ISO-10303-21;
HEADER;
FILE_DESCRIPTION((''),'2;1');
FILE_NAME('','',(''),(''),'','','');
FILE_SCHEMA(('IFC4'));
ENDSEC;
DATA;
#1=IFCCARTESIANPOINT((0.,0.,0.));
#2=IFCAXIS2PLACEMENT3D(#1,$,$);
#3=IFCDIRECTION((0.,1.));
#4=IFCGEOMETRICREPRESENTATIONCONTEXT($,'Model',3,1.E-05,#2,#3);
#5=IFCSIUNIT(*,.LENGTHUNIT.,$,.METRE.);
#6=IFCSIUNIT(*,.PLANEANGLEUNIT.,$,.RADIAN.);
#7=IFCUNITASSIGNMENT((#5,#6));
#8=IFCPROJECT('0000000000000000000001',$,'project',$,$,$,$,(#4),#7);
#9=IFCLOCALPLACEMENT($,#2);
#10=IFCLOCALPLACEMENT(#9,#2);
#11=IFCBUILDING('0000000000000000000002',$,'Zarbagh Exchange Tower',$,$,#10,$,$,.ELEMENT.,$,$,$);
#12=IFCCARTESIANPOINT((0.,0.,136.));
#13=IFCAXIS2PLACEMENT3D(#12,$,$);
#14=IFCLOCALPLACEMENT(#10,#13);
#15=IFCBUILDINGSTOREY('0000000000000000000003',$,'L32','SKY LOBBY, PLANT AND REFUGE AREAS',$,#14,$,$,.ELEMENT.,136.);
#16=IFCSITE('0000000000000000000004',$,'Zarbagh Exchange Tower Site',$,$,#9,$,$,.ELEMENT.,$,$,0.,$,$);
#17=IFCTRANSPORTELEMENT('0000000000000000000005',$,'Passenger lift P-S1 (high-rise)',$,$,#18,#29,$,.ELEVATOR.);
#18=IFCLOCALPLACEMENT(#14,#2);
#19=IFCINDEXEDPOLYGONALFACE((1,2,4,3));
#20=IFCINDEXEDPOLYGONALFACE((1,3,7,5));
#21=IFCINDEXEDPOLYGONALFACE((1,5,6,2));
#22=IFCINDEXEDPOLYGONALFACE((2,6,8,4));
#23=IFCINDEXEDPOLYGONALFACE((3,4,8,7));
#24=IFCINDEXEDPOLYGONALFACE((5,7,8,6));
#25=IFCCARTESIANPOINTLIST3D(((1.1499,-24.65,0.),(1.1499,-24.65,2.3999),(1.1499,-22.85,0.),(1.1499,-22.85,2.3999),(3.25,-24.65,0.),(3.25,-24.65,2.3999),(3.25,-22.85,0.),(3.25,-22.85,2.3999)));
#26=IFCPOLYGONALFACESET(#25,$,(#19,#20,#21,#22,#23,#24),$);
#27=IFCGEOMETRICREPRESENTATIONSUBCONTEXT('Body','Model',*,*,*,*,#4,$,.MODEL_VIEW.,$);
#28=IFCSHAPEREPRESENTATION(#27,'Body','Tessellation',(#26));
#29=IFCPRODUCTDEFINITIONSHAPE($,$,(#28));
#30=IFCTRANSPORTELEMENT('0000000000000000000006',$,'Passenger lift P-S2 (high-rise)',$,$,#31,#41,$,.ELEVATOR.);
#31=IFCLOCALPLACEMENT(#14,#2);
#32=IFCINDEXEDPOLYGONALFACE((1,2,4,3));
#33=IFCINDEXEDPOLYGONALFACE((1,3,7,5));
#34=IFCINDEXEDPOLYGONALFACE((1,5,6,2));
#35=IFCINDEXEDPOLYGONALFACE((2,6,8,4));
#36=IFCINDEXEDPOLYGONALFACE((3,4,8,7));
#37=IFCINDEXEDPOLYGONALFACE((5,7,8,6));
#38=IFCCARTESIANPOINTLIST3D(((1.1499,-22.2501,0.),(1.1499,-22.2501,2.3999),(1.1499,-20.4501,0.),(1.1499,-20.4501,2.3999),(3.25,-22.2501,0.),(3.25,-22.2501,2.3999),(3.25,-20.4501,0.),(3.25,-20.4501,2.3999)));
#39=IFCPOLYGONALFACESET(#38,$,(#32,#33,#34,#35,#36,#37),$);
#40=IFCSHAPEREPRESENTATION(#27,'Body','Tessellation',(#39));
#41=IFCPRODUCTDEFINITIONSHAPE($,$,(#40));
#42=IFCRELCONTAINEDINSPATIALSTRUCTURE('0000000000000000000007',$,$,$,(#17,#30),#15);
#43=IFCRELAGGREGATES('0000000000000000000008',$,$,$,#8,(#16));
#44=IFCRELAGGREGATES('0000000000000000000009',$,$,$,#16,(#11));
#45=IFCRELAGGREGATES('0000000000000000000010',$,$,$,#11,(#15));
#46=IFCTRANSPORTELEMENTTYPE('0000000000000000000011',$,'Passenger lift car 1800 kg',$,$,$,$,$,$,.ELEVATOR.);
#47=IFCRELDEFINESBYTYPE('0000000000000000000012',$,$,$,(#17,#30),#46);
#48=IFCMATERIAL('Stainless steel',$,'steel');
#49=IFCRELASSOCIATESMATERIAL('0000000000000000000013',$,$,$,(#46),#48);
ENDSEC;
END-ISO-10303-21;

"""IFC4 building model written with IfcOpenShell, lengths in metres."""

from ifc_helpers import new_model, si_unit, direction, frame, origin, origin_2d, place, context, subcontext, project, spatial, rectangle, extrude, material, type_object, element, save


model = new_model("IFC4")

# Units and contexts
model_context = context("Model", 3, precision=1e-05, world=origin(), true_north=direction((0.0, 1.0)))
body_context = subcontext(model_context, "Body", "Model", "MODEL_VIEW")
ifc_project = project(units=[si_unit("LENGTHUNIT", "METRE"), si_unit("PLANEANGLEUNIT", "RADIAN")], contexts=[model_context])

# Site, building, storey
site_placement = place(None, origin())
site = spatial("IfcSite", under=ifc_project, at=site_placement, Name="Zarbagh Exchange Tower Site", CompositionType="ELEMENT", RefElevation=0.0)
building_placement = place(site_placement, origin())
building = spatial("IfcBuilding", under=site, at=building_placement, Name="Zarbagh Exchange Tower", CompositionType="ELEMENT")
storey_placement = place(building_placement, frame((0.0, 0.0, 136.0)))
storey = spatial("IfcBuildingStorey", under=building, at=storey_placement, Name="L32", Description="SKY LOBBY, PLANT AND REFUGE AREAS", CompositionType="ELEMENT", Elevation=136.0)

# Shared definitions
ifc_material_1 = material(Name="Stainless steel", Category="steel")

# Transport elements
transport_element_type = type_object("IfcTransportElementType", Name="Passenger lift car 1800 kg", PredefinedType="ELEVATOR", material=ifc_material_1)
for number, where, z_axis, x_axis, name in (
    (1, (2.2, -23.75, 0.0), (0.0, 0.0, 1.0), (1.0, 0.0, 0.0), "Passenger lift P-S1 (high-rise)"),
    (2, (2.2, -21.3501, 0.0), (0.0, 0.0, 1.0), (1.0, 0.0, 0.0), "Passenger lift P-S2 (high-rise)"),
):
    element("IfcTransportElement", number, at=place(storey_placement, frame(where, z_axis=z_axis, x_axis=x_axis)), inside=storey, type_object=transport_element_type, Name=name, PredefinedType="ELEVATOR", context=body_context, shape_type="SweptSolid", body=[
        extrude(rectangle(XDim=2.1001, YDim=1.8, at=origin_2d()), origin(), (0.0, 0.0, 1.0), 2.3999),
    ])

save(model, "model.ifc")
